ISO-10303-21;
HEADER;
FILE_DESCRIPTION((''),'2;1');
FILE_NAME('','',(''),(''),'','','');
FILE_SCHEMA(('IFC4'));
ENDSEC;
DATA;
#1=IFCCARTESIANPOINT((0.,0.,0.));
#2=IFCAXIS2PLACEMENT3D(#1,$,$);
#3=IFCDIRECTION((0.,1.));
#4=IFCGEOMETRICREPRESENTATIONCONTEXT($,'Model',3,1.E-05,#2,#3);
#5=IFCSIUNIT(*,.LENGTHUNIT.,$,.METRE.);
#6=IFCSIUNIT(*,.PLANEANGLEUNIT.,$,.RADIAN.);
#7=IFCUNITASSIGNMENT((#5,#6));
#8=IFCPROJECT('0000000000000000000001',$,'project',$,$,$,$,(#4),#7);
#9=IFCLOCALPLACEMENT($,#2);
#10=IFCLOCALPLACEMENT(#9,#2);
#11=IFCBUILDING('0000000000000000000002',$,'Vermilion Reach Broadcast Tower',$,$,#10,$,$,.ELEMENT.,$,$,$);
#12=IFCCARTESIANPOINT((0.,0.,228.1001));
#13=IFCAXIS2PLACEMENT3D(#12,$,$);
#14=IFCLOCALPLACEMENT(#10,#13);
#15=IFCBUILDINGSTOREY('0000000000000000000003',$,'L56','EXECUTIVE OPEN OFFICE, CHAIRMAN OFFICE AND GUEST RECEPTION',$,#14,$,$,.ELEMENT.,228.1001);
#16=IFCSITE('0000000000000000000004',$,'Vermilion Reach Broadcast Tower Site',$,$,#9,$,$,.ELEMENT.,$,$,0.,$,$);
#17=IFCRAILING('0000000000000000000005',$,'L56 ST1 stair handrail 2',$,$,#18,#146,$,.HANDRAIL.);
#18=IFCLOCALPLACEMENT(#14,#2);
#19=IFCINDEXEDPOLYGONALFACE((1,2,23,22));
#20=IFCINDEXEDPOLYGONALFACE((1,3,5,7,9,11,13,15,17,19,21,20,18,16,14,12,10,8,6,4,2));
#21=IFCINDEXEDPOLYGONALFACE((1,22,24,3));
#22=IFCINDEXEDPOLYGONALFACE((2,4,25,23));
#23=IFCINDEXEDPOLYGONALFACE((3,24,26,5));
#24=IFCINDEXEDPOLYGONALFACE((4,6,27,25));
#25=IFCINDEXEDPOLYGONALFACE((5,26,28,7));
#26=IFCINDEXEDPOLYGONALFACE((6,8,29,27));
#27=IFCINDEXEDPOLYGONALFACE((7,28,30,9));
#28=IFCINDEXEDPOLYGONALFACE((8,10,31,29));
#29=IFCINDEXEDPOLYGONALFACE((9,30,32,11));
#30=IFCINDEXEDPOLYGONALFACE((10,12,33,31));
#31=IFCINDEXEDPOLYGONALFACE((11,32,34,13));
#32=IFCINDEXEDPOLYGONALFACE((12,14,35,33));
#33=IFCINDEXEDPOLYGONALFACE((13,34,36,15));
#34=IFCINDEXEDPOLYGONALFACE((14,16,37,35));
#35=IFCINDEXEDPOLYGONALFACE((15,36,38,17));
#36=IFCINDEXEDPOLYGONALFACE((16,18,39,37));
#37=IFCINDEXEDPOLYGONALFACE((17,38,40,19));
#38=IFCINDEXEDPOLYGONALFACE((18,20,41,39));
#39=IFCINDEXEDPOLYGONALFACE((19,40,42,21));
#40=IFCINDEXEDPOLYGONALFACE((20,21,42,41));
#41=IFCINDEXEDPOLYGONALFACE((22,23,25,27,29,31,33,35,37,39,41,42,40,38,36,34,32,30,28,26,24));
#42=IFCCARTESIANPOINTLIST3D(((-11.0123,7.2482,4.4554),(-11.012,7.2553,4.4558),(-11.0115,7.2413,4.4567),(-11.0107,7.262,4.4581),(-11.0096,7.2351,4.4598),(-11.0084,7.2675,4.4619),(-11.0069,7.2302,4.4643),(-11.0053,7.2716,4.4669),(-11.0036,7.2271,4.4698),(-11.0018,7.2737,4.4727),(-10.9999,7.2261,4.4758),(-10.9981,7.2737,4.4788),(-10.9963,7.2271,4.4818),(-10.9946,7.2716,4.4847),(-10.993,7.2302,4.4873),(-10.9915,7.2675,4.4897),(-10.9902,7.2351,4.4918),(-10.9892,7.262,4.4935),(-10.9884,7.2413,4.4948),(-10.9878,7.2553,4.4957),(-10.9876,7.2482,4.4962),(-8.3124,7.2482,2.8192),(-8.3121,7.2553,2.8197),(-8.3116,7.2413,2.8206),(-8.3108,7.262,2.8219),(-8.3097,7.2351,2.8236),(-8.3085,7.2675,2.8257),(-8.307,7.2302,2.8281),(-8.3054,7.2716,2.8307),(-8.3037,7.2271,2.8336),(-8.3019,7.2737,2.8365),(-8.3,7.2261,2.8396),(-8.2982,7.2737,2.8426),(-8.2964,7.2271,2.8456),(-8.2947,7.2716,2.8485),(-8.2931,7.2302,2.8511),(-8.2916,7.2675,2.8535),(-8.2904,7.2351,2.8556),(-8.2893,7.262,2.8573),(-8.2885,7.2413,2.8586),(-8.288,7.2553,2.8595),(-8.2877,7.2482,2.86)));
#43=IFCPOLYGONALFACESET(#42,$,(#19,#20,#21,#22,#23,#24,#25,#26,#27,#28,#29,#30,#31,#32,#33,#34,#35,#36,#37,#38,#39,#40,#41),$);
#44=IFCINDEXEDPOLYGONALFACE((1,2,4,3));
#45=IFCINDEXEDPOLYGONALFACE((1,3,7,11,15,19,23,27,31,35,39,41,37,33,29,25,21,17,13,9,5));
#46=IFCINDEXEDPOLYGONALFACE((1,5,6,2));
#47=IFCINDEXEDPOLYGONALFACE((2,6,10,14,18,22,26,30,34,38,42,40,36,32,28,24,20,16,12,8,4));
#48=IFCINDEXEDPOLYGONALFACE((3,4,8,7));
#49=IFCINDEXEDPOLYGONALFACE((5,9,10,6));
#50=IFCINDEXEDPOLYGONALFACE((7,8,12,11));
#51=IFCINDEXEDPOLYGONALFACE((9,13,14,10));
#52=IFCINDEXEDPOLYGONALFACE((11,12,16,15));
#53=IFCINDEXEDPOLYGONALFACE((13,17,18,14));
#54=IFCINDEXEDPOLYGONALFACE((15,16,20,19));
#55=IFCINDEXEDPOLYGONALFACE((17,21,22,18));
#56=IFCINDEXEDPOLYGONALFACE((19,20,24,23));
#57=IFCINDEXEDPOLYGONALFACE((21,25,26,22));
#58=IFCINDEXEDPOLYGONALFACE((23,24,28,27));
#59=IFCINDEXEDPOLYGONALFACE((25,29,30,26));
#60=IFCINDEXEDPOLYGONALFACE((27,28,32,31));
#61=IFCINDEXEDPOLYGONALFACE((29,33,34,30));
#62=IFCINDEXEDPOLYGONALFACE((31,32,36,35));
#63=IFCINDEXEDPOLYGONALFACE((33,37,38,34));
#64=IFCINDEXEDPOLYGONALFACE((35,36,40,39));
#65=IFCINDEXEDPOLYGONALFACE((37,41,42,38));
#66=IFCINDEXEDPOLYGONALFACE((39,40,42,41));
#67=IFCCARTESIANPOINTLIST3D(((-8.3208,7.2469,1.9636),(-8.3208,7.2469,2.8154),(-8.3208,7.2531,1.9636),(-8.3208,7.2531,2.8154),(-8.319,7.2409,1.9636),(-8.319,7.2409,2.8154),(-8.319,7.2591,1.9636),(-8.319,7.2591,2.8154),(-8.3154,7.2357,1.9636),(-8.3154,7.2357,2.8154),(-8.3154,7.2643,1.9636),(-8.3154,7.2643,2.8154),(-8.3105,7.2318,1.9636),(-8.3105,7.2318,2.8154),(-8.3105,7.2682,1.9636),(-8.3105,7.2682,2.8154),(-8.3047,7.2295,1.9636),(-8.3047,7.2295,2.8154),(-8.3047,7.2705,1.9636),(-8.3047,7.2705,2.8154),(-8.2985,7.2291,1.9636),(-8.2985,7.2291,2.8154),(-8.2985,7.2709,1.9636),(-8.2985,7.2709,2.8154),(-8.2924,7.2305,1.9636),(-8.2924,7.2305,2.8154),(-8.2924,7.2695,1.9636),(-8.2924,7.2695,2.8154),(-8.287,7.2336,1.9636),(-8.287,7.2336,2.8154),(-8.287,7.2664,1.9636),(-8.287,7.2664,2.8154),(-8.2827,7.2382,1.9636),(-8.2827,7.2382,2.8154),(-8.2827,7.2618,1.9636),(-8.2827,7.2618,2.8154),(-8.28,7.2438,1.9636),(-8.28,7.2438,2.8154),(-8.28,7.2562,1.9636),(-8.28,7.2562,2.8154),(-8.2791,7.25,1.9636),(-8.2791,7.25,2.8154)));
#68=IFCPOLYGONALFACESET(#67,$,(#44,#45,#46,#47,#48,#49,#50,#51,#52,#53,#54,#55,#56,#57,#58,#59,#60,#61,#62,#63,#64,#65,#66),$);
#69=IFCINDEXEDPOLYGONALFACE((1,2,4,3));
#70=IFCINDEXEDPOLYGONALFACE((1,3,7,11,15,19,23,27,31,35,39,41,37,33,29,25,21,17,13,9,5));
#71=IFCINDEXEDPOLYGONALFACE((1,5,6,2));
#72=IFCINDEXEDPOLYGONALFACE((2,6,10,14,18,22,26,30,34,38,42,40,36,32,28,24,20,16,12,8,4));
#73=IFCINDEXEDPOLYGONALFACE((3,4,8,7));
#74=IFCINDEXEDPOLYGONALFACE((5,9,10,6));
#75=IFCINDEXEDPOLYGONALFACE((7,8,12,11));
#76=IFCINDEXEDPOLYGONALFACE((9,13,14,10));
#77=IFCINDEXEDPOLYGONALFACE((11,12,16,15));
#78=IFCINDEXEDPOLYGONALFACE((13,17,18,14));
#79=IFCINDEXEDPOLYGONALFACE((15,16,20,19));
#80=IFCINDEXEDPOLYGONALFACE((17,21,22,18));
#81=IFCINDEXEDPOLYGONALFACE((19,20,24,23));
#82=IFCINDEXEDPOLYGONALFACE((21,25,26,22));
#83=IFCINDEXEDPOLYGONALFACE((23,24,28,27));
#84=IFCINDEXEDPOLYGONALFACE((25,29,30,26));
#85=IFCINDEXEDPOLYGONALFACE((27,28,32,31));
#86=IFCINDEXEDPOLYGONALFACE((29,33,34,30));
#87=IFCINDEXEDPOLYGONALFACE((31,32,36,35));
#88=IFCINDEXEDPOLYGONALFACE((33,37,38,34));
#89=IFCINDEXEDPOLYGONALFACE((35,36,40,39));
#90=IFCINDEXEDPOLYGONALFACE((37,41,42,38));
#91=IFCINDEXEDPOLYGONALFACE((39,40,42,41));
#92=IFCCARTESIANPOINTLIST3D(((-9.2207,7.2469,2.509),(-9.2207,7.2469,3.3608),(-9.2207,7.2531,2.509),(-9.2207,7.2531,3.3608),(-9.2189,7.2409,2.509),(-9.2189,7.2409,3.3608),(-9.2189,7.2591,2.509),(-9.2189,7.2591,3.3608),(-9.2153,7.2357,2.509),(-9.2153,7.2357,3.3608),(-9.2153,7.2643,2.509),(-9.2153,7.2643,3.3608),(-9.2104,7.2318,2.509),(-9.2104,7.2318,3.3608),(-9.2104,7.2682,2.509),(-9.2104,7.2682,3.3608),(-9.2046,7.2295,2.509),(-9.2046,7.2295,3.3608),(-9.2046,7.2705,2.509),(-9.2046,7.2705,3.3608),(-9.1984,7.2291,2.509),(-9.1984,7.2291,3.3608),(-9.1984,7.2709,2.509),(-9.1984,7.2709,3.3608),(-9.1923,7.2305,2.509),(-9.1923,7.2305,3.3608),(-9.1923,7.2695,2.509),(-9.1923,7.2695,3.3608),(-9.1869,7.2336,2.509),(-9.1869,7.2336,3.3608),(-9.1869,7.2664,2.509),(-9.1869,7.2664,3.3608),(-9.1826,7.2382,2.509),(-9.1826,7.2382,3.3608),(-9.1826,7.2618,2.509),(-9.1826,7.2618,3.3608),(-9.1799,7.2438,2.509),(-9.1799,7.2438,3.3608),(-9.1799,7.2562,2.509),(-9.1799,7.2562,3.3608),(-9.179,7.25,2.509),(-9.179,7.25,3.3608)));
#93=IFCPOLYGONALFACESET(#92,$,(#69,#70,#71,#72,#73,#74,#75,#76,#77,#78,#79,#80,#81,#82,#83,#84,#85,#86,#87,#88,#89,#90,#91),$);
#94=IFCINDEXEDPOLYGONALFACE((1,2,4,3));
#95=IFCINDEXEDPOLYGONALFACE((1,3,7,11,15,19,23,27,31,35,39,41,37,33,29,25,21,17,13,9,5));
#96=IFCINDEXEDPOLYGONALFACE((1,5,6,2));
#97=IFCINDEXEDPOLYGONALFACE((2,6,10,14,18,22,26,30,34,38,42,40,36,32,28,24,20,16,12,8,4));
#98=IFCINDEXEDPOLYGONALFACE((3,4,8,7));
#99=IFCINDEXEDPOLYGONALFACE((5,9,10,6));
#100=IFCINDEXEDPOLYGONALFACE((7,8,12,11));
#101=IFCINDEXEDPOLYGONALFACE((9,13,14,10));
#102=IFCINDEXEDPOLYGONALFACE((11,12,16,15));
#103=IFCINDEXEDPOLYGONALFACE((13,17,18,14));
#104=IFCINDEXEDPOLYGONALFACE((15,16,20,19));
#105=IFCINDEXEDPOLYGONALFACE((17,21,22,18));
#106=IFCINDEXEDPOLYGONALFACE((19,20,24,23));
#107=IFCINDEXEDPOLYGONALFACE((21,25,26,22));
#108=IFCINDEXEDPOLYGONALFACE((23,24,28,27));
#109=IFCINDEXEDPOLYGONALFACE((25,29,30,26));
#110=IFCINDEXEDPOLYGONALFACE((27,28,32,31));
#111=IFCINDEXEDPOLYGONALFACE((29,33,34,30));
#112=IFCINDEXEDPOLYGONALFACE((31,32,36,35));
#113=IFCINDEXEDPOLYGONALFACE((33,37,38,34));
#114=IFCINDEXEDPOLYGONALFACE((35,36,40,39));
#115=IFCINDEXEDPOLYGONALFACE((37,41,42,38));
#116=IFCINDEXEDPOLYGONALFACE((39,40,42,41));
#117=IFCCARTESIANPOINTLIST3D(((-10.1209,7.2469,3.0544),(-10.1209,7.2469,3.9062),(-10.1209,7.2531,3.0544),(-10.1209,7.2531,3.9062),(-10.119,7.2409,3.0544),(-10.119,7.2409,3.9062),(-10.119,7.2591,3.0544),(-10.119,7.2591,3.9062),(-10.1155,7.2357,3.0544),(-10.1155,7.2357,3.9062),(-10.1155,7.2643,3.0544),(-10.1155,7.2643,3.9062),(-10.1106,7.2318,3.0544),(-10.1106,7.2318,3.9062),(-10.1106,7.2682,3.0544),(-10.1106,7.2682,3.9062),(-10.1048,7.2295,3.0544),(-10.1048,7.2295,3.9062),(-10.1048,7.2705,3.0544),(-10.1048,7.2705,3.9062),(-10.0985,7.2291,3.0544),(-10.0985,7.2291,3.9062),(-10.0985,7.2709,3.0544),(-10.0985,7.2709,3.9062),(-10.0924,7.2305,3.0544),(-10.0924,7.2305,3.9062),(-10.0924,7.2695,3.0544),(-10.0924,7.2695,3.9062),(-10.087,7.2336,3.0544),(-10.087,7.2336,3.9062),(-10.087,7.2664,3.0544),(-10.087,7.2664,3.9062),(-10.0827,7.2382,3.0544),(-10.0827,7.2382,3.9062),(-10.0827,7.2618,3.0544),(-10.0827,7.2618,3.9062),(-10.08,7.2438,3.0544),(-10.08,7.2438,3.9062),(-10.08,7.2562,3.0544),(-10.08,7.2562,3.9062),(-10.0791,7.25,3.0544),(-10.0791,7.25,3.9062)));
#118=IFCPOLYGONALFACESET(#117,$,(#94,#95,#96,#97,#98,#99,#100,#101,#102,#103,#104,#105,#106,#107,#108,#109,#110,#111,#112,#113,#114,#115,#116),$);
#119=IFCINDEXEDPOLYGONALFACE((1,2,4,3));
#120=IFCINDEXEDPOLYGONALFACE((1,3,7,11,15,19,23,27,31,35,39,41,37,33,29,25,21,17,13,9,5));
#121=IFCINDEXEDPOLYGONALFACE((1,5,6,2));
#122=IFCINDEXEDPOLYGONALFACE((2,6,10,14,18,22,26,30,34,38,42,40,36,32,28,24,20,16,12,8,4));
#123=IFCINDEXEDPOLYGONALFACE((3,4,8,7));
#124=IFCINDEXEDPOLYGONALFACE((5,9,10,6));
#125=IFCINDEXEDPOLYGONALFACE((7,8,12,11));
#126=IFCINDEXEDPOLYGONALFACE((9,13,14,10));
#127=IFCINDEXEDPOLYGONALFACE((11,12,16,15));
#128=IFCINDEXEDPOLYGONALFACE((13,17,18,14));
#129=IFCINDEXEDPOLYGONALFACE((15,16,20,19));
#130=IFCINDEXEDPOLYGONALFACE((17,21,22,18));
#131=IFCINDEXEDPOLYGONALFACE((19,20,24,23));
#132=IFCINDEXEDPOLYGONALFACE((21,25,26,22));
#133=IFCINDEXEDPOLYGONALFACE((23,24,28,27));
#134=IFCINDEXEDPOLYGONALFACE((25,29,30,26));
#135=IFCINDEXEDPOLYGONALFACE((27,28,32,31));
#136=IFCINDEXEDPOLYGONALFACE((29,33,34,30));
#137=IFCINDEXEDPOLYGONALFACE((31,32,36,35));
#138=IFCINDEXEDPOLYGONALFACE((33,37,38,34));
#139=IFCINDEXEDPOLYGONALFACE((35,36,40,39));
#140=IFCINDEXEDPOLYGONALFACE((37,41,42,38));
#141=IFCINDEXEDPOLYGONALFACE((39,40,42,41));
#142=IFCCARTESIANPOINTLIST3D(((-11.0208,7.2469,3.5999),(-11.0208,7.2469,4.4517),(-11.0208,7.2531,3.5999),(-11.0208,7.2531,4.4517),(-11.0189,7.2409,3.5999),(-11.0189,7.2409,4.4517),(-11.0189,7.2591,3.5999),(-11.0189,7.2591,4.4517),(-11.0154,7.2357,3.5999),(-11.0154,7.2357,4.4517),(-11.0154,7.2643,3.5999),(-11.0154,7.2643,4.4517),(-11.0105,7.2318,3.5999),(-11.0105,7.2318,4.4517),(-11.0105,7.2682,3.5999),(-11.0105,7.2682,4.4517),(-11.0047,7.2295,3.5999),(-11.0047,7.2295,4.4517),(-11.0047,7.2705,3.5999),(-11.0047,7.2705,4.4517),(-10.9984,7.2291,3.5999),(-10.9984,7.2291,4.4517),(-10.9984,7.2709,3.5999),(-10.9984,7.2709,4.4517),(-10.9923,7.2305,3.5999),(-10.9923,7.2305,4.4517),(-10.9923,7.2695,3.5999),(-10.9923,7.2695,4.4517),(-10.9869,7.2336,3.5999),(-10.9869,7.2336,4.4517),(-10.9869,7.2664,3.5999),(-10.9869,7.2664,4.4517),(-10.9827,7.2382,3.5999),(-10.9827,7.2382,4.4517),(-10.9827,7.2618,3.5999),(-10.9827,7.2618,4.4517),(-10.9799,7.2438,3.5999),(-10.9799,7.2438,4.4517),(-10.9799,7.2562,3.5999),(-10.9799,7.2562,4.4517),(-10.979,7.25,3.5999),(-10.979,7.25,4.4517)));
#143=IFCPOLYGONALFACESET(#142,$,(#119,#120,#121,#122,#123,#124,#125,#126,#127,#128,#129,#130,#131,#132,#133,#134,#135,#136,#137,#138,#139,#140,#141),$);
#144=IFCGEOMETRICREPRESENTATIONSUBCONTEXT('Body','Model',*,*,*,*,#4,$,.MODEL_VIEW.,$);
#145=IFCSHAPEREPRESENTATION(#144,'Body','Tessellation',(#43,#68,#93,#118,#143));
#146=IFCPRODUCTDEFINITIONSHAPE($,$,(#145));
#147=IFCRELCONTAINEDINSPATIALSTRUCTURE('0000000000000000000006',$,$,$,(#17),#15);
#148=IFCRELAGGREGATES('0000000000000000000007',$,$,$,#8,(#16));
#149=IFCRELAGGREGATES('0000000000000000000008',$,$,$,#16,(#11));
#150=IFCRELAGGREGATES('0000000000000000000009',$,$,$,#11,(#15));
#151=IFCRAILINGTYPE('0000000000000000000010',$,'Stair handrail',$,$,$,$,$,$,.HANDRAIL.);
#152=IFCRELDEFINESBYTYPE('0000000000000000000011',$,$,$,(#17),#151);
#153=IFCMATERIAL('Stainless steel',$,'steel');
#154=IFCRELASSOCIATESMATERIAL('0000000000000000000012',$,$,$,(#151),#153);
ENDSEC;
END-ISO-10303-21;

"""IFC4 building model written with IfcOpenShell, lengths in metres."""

from ifc_helpers import new_model, si_unit, direction, frame, origin, origin_2d, place, context, subcontext, project, spatial, circle, extrude, material, type_object, element, save


model = new_model("IFC4")

# Units and contexts
model_context = context("Model", 3, precision=1e-05, world=origin(), true_north=direction((0.0, 1.0)))
body_context = subcontext(model_context, "Body", "Model", "MODEL_VIEW")
ifc_project = project(units=[si_unit("LENGTHUNIT", "METRE"), si_unit("PLANEANGLEUNIT", "RADIAN")], contexts=[model_context])

# Site, building, storey
site_placement = place(None, origin())
site = spatial("IfcSite", under=ifc_project, at=site_placement, Name="Vermilion Reach Broadcast Tower Site", CompositionType="ELEMENT", RefElevation=0.0)
building_placement = place(site_placement, origin())
building = spatial("IfcBuilding", under=site, at=building_placement, Name="Vermilion Reach Broadcast Tower", CompositionType="ELEMENT")
storey_placement = place(building_placement, frame((0.0, 0.0, 228.1001)))
storey = spatial("IfcBuildingStorey", under=building, at=storey_placement, Name="L56", Description="EXECUTIVE OPEN OFFICE, CHAIRMAN OFFICE AND GUEST RECEPTION", CompositionType="ELEMENT", Elevation=228.1001)

# Railing
ifc_material_1 = material(Name="Stainless steel", Category="steel")
railing_type_1 = type_object("IfcRailingType", Name="Stair handrail", PredefinedType="HANDRAIL", material=ifc_material_1)
railing_1_placement = place(storey_placement, frame((-8.3, 7.25, 1.9636)))
element("IfcRailing", 1, at=railing_1_placement, inside=storey, type_object=railing_type_1, Name="L56 ST1 stair handrail 2", PredefinedType="HANDRAIL", context=body_context, shape_type="SweptSolid", body=[
    extrude(circle(Radius=0.0239, at=origin_2d()), frame((0.0, 0.0, 0.876), z_axis=(-0.855212, 0.0, 0.518278), x_axis=(0.0, -1.0, 0.0)), (0.0, 0.0, 1.0), 3.157),
    extrude(circle(Radius=0.021, at=origin_2d()), origin(), (0.0, 0.0, 1.0), 0.8518),
    extrude(circle(Radius=0.021, at=origin_2d()), frame((-0.8999, 0.0, 0.5454)), (0.0, 0.0, 1.0), 0.8518),
    extrude(circle(Radius=0.021, at=origin_2d()), frame((-1.8, 0.0, 1.0908)), (0.0, 0.0, 1.0), 0.8518),
    extrude(circle(Radius=0.021, at=origin_2d()), frame((-2.7, 0.0, 1.6362)), (0.0, 0.0, 1.0), 0.8518),
])

save(model, "model.ifc")
